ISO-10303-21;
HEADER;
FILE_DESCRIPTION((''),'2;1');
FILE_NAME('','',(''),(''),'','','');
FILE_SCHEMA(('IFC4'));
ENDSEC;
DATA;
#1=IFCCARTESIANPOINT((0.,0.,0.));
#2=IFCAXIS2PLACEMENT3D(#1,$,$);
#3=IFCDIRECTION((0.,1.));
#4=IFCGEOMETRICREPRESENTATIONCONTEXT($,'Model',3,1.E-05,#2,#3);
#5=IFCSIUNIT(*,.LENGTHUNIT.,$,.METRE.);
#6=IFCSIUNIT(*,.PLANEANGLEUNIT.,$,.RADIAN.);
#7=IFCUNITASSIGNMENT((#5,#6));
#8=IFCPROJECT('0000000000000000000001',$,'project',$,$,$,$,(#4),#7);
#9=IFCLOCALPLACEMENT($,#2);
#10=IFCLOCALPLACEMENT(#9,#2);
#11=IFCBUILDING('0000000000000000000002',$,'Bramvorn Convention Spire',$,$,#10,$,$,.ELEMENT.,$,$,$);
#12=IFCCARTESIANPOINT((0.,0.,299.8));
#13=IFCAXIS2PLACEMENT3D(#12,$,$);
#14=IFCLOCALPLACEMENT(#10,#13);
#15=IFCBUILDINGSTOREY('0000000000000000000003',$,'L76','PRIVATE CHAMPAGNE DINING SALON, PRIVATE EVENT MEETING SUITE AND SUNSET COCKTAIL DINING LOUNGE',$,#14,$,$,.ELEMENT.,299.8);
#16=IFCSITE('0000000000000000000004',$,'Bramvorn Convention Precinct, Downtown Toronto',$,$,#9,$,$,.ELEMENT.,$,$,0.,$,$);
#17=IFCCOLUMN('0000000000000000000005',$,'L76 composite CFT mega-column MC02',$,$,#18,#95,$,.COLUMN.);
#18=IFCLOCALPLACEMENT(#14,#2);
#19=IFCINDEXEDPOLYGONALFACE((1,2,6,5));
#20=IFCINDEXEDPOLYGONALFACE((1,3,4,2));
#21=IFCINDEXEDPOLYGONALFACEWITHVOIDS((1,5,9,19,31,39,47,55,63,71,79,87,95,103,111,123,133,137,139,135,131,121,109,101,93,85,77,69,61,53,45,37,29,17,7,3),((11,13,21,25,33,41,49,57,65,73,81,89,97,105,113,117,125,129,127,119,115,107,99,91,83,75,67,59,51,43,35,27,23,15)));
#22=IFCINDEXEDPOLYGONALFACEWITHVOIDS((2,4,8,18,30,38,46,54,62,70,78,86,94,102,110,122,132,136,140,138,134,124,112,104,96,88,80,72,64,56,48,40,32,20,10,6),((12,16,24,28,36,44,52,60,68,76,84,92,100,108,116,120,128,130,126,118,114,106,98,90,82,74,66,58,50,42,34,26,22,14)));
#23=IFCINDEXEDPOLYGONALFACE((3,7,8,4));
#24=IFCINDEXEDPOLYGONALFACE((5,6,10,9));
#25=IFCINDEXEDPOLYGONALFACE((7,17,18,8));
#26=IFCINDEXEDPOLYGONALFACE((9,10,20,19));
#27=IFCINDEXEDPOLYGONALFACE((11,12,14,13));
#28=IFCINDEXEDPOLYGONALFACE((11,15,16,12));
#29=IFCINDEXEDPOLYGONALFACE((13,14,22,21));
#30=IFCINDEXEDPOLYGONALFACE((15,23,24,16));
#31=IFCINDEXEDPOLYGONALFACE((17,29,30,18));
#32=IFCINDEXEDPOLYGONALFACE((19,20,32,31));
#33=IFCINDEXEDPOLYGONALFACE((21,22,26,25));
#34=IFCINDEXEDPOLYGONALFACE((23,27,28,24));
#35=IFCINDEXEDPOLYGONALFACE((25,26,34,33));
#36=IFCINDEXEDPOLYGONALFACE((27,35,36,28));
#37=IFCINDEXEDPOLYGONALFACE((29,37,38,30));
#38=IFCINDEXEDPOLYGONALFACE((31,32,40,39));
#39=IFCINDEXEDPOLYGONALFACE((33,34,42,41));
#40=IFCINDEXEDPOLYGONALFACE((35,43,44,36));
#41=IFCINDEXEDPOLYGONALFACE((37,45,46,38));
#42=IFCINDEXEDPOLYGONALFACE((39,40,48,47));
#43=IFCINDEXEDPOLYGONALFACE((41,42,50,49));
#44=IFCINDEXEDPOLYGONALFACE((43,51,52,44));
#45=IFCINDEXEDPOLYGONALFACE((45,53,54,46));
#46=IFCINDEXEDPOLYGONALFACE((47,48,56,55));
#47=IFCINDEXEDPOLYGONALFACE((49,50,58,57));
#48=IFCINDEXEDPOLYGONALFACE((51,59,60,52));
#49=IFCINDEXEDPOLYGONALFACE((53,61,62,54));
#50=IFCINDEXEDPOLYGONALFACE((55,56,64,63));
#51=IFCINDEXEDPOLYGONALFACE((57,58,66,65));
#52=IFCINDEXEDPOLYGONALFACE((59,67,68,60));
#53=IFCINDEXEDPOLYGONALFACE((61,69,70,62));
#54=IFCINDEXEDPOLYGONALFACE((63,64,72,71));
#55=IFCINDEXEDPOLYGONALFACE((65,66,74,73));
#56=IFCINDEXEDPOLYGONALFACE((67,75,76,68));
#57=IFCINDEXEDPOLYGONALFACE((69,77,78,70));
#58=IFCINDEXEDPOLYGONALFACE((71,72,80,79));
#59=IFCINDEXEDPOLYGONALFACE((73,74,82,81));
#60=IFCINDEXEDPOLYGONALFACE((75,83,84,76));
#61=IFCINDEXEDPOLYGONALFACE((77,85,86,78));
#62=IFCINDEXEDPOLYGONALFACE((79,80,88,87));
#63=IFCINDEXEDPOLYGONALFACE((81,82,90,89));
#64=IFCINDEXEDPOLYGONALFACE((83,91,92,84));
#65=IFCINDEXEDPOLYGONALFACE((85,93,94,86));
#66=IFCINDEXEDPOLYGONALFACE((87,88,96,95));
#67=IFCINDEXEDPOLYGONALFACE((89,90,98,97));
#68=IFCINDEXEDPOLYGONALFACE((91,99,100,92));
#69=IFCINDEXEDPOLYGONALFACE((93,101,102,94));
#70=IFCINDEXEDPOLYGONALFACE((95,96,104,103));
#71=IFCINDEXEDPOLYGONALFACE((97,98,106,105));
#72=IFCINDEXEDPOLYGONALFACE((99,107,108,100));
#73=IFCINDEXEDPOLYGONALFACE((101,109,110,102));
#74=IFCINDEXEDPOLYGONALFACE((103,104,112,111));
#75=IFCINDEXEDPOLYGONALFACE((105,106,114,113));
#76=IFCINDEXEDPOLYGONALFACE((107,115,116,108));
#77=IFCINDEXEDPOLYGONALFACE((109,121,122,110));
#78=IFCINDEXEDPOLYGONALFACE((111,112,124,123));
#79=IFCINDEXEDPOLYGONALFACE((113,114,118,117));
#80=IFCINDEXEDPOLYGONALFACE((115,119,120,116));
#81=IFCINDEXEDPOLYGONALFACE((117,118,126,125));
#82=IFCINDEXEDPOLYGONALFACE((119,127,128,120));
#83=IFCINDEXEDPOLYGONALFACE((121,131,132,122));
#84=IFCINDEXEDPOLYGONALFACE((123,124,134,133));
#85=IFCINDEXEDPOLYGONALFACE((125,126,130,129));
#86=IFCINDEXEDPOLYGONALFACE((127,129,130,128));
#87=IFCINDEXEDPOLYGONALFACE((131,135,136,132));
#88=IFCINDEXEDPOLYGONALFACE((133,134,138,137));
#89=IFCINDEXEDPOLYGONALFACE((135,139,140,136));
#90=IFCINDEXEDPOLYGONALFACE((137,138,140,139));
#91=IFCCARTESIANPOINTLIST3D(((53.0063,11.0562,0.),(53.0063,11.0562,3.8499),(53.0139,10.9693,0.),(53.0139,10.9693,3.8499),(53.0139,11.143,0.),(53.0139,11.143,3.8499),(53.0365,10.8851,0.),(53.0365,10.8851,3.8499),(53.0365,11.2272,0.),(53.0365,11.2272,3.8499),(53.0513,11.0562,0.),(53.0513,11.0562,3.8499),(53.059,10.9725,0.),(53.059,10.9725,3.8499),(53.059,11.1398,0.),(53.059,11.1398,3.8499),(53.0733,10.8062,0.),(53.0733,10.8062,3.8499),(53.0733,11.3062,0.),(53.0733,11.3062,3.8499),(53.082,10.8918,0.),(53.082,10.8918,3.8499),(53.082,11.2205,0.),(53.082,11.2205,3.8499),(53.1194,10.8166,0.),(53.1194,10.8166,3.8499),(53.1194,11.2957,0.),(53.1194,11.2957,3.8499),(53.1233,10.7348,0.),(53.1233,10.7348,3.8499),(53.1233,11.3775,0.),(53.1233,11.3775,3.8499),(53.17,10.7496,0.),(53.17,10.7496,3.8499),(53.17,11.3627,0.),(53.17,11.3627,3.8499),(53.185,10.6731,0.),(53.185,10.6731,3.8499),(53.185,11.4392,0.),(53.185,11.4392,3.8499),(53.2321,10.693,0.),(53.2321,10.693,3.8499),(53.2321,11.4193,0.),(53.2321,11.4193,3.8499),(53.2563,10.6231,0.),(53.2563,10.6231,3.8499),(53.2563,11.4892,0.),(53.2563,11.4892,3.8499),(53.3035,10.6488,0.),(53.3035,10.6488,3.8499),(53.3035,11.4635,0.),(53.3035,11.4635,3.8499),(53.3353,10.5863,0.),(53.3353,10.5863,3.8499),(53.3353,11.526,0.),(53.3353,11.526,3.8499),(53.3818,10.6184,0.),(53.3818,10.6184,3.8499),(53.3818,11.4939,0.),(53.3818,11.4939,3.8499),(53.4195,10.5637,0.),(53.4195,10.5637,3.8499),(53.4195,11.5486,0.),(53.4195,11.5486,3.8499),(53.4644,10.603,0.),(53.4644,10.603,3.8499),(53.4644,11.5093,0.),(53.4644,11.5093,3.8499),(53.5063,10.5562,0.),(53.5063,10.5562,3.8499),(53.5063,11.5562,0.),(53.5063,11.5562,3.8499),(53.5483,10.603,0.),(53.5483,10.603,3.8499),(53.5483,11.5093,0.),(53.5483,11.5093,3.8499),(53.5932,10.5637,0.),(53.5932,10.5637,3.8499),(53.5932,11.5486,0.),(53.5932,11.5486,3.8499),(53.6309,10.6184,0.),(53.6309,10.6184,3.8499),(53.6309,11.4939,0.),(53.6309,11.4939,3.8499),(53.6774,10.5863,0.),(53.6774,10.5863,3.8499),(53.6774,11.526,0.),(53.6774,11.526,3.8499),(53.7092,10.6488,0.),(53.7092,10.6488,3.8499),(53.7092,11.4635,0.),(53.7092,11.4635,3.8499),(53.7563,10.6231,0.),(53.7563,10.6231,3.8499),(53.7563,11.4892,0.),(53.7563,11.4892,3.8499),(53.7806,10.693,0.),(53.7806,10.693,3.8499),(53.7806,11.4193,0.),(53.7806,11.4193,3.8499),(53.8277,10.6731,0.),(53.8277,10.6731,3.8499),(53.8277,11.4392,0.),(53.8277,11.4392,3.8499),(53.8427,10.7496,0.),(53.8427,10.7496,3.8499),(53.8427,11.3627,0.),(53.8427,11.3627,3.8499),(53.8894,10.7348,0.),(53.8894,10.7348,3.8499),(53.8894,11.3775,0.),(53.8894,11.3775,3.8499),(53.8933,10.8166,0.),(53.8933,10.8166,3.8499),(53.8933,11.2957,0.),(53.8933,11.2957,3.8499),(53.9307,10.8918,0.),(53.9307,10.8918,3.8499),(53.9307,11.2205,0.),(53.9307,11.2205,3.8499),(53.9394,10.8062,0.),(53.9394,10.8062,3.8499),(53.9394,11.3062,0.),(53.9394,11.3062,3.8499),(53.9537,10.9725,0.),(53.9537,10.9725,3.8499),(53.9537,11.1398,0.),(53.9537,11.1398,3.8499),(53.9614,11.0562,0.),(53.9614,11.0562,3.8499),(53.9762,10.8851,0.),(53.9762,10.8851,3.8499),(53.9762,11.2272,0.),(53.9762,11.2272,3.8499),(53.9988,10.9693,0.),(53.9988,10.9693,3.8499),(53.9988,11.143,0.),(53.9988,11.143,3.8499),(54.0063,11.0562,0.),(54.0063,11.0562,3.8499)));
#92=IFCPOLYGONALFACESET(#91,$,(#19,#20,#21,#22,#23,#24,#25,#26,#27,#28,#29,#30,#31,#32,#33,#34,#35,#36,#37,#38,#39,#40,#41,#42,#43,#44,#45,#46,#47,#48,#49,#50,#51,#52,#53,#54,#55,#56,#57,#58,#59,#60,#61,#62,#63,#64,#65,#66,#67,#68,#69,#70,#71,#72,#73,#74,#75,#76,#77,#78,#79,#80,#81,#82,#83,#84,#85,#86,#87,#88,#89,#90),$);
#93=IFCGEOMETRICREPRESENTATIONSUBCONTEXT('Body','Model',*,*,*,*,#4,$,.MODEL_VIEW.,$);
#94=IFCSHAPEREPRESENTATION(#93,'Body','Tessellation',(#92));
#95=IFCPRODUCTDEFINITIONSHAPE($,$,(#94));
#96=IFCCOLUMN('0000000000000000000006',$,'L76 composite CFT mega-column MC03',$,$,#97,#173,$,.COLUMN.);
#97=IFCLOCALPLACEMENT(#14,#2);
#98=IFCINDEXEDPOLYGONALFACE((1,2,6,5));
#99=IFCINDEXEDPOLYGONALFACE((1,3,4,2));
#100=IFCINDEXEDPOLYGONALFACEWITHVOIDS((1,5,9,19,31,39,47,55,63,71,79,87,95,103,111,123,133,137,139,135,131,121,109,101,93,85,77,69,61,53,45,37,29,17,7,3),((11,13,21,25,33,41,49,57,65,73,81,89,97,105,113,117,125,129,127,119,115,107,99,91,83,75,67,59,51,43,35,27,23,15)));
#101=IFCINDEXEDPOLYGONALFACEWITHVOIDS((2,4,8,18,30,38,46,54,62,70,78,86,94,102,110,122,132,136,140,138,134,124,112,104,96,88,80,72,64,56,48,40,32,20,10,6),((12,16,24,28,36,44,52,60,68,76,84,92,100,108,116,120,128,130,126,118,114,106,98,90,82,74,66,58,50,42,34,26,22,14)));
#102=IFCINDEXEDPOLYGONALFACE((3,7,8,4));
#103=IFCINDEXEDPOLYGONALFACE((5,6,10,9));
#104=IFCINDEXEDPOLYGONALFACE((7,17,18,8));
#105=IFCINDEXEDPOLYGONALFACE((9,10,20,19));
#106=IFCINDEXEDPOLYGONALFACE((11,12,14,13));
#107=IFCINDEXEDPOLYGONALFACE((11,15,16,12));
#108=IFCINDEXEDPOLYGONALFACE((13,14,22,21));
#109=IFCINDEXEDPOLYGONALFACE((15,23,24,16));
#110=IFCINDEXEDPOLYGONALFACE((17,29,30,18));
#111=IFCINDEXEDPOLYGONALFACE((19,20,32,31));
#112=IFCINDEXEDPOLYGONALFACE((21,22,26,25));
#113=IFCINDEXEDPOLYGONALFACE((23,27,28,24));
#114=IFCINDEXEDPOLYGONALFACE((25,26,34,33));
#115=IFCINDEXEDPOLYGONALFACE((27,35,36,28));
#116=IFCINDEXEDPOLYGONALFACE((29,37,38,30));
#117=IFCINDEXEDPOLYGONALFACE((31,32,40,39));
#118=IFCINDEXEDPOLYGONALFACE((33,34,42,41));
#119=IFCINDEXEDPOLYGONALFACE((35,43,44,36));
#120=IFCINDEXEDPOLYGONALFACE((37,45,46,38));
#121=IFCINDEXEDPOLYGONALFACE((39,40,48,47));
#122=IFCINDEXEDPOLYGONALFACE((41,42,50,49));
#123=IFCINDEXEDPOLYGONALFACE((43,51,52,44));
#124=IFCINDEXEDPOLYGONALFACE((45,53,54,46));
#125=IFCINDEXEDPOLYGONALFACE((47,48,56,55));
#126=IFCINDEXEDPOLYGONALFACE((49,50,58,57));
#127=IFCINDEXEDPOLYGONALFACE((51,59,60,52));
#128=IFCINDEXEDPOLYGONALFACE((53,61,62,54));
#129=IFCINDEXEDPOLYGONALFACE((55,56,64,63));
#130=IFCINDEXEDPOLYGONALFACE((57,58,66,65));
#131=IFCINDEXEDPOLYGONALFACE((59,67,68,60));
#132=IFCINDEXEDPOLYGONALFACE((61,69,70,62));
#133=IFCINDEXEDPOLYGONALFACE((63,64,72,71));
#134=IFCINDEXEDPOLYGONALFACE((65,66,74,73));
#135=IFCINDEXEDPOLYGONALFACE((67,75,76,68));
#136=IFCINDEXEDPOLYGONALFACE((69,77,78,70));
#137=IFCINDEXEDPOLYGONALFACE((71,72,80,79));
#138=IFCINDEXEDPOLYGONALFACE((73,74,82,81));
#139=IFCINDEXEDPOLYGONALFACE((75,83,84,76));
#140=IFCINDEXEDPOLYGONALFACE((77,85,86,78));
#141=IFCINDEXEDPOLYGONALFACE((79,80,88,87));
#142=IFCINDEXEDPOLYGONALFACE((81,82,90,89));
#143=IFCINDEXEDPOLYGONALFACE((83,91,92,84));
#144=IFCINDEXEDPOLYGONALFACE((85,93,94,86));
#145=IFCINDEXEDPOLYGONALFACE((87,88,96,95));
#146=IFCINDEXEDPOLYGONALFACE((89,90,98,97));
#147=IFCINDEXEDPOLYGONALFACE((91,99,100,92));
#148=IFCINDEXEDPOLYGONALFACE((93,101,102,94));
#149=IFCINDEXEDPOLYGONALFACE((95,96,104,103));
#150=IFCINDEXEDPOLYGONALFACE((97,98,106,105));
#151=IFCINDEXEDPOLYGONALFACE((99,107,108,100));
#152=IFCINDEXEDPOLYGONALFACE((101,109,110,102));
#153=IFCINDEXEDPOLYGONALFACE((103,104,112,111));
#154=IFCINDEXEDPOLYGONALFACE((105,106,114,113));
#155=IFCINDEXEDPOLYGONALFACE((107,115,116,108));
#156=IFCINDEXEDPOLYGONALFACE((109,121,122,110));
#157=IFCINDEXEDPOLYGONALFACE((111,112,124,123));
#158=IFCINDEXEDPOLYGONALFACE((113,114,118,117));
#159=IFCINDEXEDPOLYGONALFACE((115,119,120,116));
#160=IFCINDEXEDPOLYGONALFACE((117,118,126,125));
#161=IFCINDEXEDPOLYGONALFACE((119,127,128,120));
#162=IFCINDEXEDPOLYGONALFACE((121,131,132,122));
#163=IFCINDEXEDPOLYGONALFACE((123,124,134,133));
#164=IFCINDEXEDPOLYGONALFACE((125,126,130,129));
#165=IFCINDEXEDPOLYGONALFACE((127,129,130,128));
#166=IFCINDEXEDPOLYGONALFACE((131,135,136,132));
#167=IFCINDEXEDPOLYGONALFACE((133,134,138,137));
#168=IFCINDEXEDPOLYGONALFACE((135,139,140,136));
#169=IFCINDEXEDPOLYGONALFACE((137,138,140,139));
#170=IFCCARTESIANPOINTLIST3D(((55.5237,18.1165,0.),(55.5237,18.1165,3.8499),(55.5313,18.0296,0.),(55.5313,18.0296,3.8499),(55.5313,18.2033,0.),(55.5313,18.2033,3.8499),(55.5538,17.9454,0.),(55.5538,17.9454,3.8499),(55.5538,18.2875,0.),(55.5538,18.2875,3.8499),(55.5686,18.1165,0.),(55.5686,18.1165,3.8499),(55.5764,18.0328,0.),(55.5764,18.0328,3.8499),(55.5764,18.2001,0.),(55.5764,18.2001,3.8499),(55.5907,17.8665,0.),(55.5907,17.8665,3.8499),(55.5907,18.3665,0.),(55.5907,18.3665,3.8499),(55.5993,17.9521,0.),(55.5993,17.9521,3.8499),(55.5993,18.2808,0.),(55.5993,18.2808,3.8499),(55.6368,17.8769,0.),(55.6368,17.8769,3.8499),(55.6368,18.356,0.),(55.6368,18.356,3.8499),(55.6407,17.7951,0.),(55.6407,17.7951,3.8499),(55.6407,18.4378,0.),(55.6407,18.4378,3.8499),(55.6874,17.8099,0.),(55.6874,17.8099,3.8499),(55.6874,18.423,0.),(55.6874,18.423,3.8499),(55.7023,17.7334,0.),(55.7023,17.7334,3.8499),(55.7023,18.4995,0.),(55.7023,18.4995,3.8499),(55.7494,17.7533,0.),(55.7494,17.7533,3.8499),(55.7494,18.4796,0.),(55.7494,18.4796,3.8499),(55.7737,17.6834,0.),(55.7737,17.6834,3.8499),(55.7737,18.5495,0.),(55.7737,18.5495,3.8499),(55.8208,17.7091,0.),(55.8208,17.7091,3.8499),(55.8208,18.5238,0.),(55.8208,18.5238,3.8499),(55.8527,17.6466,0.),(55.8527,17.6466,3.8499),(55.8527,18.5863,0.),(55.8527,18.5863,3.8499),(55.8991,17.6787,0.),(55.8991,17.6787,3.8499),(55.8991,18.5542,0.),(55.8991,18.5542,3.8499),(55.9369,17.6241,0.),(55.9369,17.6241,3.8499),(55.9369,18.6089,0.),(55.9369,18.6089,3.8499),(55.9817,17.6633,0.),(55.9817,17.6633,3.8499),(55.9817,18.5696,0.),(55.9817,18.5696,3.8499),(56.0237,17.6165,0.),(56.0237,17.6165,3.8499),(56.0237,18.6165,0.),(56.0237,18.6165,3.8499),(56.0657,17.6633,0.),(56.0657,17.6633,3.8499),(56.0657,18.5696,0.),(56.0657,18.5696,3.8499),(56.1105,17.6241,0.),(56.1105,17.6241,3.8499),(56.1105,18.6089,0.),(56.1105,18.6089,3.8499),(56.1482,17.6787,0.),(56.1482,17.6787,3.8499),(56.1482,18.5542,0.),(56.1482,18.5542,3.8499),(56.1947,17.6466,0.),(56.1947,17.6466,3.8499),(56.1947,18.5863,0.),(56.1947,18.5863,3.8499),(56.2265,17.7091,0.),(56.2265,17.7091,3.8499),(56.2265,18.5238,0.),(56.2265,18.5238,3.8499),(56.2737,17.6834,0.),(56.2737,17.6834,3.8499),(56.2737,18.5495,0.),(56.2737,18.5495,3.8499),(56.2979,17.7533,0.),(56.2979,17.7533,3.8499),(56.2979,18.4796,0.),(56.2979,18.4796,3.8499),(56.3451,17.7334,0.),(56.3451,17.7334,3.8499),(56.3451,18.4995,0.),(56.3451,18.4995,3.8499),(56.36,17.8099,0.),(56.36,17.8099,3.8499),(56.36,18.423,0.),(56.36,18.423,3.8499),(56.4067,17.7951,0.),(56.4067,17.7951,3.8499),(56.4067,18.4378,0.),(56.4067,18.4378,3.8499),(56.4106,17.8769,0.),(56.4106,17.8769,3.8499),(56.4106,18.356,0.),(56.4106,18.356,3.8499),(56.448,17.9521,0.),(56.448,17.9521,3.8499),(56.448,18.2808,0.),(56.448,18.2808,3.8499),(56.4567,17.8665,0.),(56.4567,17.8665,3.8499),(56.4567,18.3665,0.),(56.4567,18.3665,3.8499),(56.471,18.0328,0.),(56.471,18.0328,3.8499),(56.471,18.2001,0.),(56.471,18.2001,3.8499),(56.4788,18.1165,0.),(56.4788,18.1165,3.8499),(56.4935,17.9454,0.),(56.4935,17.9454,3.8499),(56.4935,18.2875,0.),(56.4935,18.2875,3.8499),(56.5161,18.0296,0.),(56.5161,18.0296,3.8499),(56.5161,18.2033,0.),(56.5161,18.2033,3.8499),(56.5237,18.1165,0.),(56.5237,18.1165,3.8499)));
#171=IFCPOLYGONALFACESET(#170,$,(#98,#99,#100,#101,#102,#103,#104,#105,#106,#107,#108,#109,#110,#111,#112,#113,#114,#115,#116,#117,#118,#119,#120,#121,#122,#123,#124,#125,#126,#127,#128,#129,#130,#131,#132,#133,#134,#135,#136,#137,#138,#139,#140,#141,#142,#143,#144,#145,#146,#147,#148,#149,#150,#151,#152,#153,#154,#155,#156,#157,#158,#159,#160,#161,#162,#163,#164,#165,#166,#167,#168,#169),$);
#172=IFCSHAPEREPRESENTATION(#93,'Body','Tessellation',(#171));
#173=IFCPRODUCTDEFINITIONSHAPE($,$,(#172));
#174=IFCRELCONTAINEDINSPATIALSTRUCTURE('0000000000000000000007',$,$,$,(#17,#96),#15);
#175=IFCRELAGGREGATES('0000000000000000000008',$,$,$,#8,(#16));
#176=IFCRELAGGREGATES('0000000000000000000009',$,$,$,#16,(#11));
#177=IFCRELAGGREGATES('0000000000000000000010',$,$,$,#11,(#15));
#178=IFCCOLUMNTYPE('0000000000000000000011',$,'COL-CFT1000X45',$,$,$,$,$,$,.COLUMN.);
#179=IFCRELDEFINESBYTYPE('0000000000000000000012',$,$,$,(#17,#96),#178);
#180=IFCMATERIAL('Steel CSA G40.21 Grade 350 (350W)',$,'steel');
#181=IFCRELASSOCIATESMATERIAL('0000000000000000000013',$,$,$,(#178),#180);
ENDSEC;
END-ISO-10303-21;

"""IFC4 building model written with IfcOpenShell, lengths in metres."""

from ifc_helpers import new_model, si_unit, direction, frame, origin, origin_2d, place, context, subcontext, project, spatial, hollow_circle, extrude, material, material_profile, profile_set, type_object, element, save


model = new_model("IFC4")

# Units and contexts
model_context = context("Model", 3, precision=1e-05, world=origin(), true_north=direction((0.0, 1.0)))
body_context = subcontext(model_context, "Body", "Model", "MODEL_VIEW")
ifc_project = project(units=[si_unit("LENGTHUNIT", "METRE"), si_unit("PLANEANGLEUNIT", "RADIAN")], contexts=[model_context])

# Site, building, storey
site_placement = place(None, origin())
site = spatial("IfcSite", under=ifc_project, at=site_placement, Name="Bramvorn Convention Precinct, Downtown Toronto", CompositionType="ELEMENT", RefElevation=0.0)
building_placement = place(site_placement, origin())
building = spatial("IfcBuilding", under=site, at=building_placement, Name="Bramvorn Convention Spire", CompositionType="ELEMENT")
storey_placement = place(building_placement, frame((0.0, 0.0, 299.8)))
storey = spatial("IfcBuildingStorey", under=building, at=storey_placement, Name="L76", Description="PRIVATE CHAMPAGNE DINING SALON, PRIVATE EVENT MEETING SUITE AND SUNSET COCKTAIL DINING LOUNGE", CompositionType="ELEMENT", Elevation=299.8)

# Columns
ifc_material_1 = material(Name="Steel CSA G40.21 Grade 350 (350W)", Category="steel")
ifc_material_profile_1 = material_profile(ifc_material_1, hollow_circle(Radius=0.5, WallThickness=0.0449, at=origin_2d()))
ifc_profile_set_1 = profile_set([ifc_material_profile_1], Name="Steel CSA G40.21 Grade 350 (350W) - CFT1000X45")
column_type = type_object("IfcColumnType", Name="COL-CFT1000X45", PredefinedType="COLUMN", material=ifc_profile_set_1)
for number, where, z_axis, x_axis, name in (
    (1, (53.5063, 11.0562, 0.0), (0.0, 0.0, 1.0), (1.0, 0.0, 0.0), "L76 composite CFT mega-column MC02"),
    (2, (56.0237, 18.1165, 0.0), (0.0, 0.0, 1.0), (1.0, 0.0, 0.0), "L76 composite CFT mega-column MC03"),
):
    element("IfcColumn", number, at=place(storey_placement, frame(where, z_axis=z_axis, x_axis=x_axis)), inside=storey, type_object=column_type, Name=name, PredefinedType="COLUMN", context=body_context, shape_type="SweptSolid", body=[
        extrude(hollow_circle(Radius=0.5, WallThickness=0.0449, at=origin_2d()), origin(), (0.0, 0.0, 1.0), 3.8499),
    ])

save(model, "model.ifc")
